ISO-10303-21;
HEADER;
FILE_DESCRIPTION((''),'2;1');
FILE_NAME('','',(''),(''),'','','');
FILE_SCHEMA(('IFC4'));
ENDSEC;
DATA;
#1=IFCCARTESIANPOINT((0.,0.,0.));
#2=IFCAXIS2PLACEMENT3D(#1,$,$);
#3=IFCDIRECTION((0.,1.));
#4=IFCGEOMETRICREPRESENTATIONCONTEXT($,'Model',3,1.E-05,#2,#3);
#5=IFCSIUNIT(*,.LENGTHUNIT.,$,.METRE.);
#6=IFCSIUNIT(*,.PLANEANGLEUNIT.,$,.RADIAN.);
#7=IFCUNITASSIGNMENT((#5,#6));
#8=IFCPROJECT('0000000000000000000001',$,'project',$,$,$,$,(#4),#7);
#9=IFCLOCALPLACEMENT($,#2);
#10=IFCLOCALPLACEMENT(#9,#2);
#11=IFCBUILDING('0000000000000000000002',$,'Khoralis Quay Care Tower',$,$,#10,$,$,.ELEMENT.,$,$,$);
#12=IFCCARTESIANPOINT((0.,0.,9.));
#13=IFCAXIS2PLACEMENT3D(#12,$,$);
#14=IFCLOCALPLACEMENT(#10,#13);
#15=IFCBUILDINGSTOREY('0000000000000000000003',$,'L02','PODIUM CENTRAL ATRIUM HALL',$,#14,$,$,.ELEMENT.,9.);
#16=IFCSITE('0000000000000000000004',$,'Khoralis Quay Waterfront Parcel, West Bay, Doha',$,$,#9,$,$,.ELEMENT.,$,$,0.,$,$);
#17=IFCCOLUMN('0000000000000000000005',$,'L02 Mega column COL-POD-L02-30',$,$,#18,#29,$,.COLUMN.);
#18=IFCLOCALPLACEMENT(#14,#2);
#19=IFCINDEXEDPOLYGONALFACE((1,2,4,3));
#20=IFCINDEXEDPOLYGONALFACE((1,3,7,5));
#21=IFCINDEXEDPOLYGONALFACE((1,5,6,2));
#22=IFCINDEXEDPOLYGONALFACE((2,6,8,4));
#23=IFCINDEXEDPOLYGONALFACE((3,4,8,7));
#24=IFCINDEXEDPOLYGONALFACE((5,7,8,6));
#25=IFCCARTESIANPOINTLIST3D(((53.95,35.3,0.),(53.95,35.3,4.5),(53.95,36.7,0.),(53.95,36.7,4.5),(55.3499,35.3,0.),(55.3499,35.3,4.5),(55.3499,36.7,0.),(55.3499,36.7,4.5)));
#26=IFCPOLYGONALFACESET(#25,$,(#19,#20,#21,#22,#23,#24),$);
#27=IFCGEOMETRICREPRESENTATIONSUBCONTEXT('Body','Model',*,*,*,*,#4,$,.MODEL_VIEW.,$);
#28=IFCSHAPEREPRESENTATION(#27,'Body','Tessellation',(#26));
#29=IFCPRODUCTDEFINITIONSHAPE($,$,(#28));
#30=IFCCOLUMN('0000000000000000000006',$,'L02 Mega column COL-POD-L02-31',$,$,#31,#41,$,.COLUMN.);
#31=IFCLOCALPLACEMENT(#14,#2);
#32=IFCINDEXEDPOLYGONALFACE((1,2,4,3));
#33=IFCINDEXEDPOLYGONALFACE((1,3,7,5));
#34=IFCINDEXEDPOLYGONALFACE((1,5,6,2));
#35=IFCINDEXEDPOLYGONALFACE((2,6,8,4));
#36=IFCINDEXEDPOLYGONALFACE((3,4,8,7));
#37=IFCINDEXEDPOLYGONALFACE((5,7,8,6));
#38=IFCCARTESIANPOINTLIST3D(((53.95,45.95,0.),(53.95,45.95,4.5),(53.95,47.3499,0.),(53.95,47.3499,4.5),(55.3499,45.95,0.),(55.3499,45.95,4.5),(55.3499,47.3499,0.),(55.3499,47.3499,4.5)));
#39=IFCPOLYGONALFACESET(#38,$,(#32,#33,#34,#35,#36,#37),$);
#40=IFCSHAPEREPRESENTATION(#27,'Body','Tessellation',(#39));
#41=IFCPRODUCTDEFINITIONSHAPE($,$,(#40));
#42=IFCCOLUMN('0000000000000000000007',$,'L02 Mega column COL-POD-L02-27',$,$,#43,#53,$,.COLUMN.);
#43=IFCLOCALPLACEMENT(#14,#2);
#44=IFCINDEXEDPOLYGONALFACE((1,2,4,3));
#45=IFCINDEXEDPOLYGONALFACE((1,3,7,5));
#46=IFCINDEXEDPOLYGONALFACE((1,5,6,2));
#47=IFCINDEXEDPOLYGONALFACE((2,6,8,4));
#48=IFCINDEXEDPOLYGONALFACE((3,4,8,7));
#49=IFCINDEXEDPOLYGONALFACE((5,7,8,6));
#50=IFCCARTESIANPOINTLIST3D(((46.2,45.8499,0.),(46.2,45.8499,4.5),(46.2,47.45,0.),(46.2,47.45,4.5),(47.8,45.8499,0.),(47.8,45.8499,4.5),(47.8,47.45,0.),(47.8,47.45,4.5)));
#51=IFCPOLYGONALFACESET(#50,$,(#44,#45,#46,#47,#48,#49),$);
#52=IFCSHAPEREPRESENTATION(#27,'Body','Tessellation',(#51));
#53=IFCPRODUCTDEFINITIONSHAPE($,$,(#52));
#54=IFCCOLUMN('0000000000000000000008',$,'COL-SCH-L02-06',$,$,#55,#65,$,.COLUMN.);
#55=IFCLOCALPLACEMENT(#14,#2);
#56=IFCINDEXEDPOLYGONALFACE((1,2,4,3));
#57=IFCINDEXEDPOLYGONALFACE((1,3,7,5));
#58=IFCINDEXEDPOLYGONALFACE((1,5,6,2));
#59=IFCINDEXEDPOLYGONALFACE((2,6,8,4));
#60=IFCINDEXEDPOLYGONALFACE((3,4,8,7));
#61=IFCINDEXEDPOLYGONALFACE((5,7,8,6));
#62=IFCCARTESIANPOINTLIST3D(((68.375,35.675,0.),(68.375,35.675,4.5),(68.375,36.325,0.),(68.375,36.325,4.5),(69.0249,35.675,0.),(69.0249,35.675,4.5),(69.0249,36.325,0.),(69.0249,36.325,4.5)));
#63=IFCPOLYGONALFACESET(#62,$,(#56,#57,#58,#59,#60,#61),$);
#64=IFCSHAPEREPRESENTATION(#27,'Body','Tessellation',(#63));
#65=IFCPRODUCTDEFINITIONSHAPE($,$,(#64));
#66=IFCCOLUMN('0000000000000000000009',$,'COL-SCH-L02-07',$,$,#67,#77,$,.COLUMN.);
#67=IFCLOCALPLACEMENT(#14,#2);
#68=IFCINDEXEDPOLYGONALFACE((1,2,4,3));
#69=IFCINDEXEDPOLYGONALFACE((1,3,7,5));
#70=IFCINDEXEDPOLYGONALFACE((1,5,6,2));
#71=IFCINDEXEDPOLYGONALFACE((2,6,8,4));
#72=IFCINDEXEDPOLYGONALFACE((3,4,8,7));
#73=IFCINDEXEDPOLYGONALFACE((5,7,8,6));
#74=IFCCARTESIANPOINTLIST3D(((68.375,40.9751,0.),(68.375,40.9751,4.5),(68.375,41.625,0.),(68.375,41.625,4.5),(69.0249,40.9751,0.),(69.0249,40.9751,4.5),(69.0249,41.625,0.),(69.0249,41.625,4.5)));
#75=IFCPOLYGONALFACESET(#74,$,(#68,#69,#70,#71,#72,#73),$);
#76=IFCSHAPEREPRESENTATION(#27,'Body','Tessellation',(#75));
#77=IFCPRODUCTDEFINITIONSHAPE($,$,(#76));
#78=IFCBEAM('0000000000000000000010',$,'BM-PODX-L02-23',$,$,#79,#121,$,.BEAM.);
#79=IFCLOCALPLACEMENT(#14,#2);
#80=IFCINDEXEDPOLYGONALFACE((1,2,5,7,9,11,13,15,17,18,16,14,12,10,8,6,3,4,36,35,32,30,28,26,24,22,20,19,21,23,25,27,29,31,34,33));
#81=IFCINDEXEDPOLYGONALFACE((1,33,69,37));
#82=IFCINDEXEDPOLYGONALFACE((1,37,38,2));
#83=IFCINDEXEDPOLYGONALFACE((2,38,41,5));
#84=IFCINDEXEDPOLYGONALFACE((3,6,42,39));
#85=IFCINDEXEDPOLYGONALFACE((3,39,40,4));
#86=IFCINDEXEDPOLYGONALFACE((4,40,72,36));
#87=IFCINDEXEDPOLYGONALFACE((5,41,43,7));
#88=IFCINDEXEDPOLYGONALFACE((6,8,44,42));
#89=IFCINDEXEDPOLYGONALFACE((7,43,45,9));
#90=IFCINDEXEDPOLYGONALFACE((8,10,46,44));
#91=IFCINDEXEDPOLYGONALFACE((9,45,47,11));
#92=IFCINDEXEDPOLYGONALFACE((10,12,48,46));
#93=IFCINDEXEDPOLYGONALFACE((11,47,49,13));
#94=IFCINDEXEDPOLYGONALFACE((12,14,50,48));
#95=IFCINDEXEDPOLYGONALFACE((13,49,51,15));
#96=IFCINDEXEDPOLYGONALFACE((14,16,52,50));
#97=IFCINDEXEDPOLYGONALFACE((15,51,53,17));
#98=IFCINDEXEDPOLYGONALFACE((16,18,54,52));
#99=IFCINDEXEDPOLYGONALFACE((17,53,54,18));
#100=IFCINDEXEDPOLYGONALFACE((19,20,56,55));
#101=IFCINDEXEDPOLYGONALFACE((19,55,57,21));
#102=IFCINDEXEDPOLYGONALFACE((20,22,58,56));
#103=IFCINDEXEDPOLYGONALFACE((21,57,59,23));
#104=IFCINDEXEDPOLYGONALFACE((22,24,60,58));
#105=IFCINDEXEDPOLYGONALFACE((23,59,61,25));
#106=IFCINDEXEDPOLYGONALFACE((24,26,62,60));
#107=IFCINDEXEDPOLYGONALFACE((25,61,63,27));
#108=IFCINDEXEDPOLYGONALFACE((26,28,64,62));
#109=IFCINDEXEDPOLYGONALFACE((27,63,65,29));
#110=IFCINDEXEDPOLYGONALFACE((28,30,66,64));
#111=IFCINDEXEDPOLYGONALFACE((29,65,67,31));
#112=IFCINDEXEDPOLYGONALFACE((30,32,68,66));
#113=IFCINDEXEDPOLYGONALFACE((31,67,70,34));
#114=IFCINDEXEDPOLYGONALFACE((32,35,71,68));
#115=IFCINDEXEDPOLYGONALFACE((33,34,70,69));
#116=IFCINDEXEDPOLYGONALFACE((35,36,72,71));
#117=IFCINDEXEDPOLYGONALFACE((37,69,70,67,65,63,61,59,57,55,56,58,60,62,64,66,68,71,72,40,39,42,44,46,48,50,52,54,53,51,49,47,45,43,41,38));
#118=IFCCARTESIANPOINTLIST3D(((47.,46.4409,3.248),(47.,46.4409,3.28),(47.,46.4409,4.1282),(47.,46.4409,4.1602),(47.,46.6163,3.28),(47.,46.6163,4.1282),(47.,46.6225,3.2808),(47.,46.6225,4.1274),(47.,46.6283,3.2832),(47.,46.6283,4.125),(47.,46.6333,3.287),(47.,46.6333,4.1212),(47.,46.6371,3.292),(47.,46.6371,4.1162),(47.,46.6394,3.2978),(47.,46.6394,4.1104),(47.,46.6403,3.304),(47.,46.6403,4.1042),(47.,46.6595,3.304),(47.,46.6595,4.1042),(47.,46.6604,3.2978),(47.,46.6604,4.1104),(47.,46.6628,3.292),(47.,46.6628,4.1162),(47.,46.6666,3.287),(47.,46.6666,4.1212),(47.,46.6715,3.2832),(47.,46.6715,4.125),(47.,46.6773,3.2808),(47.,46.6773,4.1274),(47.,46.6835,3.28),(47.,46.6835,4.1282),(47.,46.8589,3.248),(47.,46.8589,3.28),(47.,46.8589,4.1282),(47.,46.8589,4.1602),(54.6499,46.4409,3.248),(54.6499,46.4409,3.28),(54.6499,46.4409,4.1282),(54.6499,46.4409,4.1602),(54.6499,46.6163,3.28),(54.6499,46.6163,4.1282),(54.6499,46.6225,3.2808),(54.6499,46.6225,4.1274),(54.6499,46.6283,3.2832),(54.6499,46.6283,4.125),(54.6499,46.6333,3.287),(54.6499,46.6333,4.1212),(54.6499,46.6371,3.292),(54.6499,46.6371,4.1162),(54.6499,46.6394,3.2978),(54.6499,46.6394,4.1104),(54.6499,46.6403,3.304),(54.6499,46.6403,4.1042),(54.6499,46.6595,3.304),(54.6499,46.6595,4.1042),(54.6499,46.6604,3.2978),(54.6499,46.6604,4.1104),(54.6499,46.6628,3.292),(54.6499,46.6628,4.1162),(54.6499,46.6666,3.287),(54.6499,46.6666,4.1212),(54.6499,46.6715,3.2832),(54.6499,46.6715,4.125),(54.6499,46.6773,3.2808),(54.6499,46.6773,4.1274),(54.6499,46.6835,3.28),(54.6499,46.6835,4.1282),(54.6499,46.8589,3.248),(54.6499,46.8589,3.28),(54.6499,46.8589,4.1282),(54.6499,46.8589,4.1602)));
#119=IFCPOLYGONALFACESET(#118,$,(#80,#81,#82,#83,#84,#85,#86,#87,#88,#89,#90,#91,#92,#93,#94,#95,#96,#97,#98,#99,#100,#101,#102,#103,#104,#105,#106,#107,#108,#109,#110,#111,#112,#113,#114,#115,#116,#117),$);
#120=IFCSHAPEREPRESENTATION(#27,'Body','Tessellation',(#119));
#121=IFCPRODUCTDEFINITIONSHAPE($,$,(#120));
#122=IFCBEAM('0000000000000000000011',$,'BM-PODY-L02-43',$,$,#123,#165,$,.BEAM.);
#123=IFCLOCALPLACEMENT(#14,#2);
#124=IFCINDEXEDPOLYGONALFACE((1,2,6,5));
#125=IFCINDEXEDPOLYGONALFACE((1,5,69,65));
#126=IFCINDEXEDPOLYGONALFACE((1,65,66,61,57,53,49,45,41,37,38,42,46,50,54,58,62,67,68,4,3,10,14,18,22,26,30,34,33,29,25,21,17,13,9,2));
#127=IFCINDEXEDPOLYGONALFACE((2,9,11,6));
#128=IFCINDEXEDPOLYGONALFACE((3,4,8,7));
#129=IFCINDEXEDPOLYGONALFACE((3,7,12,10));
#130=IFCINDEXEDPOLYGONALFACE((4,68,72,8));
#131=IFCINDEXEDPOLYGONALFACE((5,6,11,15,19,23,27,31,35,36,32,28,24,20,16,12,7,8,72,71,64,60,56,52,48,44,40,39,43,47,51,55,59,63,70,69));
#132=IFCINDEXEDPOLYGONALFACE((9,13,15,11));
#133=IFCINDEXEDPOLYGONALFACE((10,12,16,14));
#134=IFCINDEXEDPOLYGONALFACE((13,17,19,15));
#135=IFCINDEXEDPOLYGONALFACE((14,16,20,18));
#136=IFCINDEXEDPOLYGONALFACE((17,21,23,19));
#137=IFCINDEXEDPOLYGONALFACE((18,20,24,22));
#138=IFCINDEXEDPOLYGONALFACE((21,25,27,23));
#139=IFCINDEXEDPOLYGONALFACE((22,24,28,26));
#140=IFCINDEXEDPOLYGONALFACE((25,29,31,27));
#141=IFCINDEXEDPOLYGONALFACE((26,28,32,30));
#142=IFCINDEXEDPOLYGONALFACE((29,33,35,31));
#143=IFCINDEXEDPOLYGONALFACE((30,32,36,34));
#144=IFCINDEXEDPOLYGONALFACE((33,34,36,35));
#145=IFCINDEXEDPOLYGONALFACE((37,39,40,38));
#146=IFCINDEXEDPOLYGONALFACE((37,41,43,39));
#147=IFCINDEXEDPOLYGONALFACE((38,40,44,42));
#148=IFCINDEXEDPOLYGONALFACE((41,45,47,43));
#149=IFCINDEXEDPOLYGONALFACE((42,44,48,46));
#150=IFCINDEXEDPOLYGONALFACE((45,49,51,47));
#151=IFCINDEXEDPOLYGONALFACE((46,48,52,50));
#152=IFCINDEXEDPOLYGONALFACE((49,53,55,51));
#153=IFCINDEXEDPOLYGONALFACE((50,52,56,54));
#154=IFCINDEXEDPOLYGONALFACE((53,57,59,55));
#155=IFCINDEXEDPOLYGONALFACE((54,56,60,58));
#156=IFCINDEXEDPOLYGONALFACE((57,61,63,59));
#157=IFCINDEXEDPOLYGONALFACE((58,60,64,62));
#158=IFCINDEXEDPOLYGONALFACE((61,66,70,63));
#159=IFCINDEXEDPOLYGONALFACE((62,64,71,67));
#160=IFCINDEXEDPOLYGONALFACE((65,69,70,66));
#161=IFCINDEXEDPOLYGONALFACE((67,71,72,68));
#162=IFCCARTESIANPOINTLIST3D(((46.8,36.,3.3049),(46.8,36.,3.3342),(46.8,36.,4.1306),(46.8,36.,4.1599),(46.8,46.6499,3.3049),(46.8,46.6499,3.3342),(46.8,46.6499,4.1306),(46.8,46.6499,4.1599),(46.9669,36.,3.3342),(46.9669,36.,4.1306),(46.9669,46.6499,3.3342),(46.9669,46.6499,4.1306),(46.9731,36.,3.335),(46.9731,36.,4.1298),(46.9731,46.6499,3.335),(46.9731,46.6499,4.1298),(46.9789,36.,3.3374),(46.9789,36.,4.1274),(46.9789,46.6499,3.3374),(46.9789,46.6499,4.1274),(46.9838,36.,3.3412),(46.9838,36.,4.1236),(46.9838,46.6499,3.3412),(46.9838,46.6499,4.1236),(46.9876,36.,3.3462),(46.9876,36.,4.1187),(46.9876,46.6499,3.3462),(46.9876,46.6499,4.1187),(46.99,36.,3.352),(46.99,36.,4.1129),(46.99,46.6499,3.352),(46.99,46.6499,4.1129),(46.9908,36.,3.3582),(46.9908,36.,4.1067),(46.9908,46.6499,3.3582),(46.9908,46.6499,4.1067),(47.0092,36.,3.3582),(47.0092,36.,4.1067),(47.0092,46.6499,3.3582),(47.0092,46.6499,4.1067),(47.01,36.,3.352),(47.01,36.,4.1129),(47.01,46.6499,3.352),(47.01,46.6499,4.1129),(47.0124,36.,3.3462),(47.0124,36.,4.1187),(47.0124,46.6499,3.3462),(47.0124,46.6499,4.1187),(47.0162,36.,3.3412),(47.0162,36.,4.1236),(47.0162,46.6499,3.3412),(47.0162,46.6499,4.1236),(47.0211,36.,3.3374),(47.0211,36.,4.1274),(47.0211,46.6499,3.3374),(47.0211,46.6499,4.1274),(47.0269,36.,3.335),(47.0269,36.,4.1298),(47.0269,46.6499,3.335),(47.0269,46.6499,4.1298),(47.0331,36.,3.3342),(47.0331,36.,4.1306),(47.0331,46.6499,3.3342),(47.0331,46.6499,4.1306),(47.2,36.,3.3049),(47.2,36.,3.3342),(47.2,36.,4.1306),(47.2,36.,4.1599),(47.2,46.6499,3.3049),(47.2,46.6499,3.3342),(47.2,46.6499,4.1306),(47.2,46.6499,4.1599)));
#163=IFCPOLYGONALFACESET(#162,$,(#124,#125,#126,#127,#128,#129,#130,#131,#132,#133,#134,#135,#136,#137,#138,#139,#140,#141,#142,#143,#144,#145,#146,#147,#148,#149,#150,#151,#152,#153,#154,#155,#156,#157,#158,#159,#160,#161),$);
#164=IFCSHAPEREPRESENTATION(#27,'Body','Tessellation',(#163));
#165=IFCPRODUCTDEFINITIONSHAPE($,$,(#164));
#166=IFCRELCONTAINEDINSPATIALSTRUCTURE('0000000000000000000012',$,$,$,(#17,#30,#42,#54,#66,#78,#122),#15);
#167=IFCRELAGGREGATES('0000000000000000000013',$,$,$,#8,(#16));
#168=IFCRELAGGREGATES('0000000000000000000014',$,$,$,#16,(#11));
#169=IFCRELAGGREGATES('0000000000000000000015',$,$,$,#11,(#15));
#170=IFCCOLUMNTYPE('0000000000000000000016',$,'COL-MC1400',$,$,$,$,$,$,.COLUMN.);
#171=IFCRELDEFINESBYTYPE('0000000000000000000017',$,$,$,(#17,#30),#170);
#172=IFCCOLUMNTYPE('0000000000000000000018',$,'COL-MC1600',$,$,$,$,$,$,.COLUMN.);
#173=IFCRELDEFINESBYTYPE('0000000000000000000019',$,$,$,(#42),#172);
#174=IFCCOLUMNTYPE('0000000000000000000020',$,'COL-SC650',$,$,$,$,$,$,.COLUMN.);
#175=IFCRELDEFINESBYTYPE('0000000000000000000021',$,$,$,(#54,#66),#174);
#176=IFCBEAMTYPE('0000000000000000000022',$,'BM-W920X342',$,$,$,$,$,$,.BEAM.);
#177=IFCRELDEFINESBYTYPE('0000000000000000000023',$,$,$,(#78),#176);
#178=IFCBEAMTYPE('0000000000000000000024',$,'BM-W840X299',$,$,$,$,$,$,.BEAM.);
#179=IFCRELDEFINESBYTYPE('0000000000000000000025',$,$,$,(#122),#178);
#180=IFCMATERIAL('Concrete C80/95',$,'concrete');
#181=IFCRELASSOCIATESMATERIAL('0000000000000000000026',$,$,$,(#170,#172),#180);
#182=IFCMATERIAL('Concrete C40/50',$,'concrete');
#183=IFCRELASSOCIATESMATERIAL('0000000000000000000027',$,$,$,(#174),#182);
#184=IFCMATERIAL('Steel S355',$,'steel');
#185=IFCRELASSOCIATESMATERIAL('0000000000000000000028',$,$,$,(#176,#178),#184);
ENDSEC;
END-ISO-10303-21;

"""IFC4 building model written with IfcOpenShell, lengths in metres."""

from ifc_helpers import new_model, si_unit, direction, frame, origin, origin_2d, place, context, subcontext, project, spatial, rectangle, i_section, extrude, source, transform, mapped, material, material_profile, profile_set, type_object, element, save


model = new_model("IFC4")

# Units and contexts
model_context = context("Model", 3, precision=1e-05, world=origin(), true_north=direction((0.0, 1.0)))
body_context = subcontext(model_context, "Body", "Model", "MODEL_VIEW")
ifc_project = project(units=[si_unit("LENGTHUNIT", "METRE"), si_unit("PLANEANGLEUNIT", "RADIAN")], contexts=[model_context])

# Site, building, storey
site_placement = place(None, origin())
site = spatial("IfcSite", under=ifc_project, at=site_placement, Name="Khoralis Quay Waterfront Parcel, West Bay, Doha", CompositionType="ELEMENT", RefElevation=0.0)
building_placement = place(site_placement, origin())
building = spatial("IfcBuilding", under=site, at=building_placement, Name="Khoralis Quay Care Tower", CompositionType="ELEMENT")
storey_placement = place(building_placement, frame((0.0, 0.0, 9.0)))
storey = spatial("IfcBuildingStorey", under=building, at=storey_placement, Name="L02", Description="PODIUM CENTRAL ATRIUM HALL", CompositionType="ELEMENT", Elevation=9.0)

# Columns
ifc_material_1 = material(Name="Concrete C80/95", Category="concrete")
ifc_material_profile_1 = material_profile(ifc_material_1, rectangle(XDim=1.3999, YDim=1.3999, at=origin_2d()), Name="Concrete C80/95")
ifc_profile_set_1 = profile_set([ifc_material_profile_1], Name="Concrete C80/95")
column_type_1 = type_object("IfcColumnType", Name="COL-MC1400", PredefinedType="COLUMN", material=ifc_profile_set_1)
shared_shape_1 = source(origin(), body_context, "Body", "SweptSolid", [
    extrude(rectangle(XDim=1.3999, YDim=1.3999, at=origin_2d()), origin(), (0.0, 0.0, 1.0), 4.5),
])
for number, where, z_axis, x_axis, name in (
    (1, (54.6499, 36.0, 0.0), (0.0, 0.0, 1.0), (1.0, 0.0, 0.0), "L02 Mega column COL-POD-L02-30"),
    (2, (54.6499, 46.6499, 0.0), (0.0, 0.0, 1.0), (1.0, 0.0, 0.0), "L02 Mega column COL-POD-L02-31"),
):
    element("IfcColumn", number, at=place(storey_placement, frame(where, z_axis=z_axis, x_axis=x_axis)), inside=storey, type_object=column_type_1, Name=name, PredefinedType="COLUMN", context=body_context, shape_type="MappedRepresentation", body=[
        mapped(shared_shape_1, transform((0.0, 0.0, 0.0), scale=1.0)),
    ])
ifc_material_profile_2 = material_profile(ifc_material_1, rectangle(XDim=1.6001, YDim=1.6001, at=origin_2d()), Name="Concrete C80/95")
ifc_profile_set_2 = profile_set([ifc_material_profile_2], Name="Concrete C80/95")
column_type_2 = type_object("IfcColumnType", Name="COL-MC1600", PredefinedType="COLUMN", material=ifc_profile_set_2)
shared_shape_2 = source(origin(), body_context, "Body", "SweptSolid", [
    extrude(rectangle(XDim=1.6001, YDim=1.6001, at=origin_2d()), origin(), (0.0, 0.0, 1.0), 4.5),
])
column_placement = place(storey_placement, frame((47.0, 46.6499, 0.0), z_axis=(0.0, 0.0, 1.0), x_axis=(1.0, 0.0, 0.0)))
element("IfcColumn", 3, at=column_placement, inside=storey, type_object=column_type_2, Name="L02 Mega column COL-POD-L02-27", PredefinedType="COLUMN", context=body_context, shape_type="MappedRepresentation", body=[
    mapped(shared_shape_2, transform((0.0, 0.0, 0.0), scale=1.0)),
])
ifc_material_2 = material(Name="Concrete C40/50", Category="concrete")
ifc_material_profile_3 = material_profile(ifc_material_2, rectangle(XDim=0.6499, YDim=0.6499, at=origin_2d()), Name="Concrete C40/50")
ifc_profile_set_3 = profile_set([ifc_material_profile_3], Name="Concrete C40/50")
column_type_3 = type_object("IfcColumnType", Name="COL-SC650", PredefinedType="COLUMN", material=ifc_profile_set_3)
shared_shape_3 = source(origin(), body_context, "Body", "SweptSolid", [
    extrude(rectangle(XDim=0.6499, YDim=0.6499, at=origin_2d()), origin(), (0.0, 0.0, 1.0), 4.5),
])
for number, where, z_axis, x_axis, name in (
    (4, (68.7, 36.0, 0.0), (0.0, 0.0, 1.0), (1.0, 0.0, 0.0), "COL-SCH-L02-06"),
    (5, (68.7, 41.3, 0.0), (0.0, 0.0, 1.0), (1.0, 0.0, 0.0), "COL-SCH-L02-07"),
):
    element("IfcColumn", number, at=place(storey_placement, frame(where, z_axis=z_axis, x_axis=x_axis)), inside=storey, type_object=column_type_3, Name=name, PredefinedType="COLUMN", context=body_context, shape_type="MappedRepresentation", body=[
        mapped(shared_shape_3, transform((0.0, 0.0, 0.0), scale=1.0)),
    ])

# Beams
ifc_material_3 = material(Name="Steel S355", Category="steel")
ifc_material_profile_4 = material_profile(ifc_material_3, i_section(OverallWidth=0.418, OverallDepth=0.9121, WebThickness=0.0193, FlangeThickness=0.032, FilletRadius=0.0239, at=origin_2d()), Name="Steel S355")
ifc_profile_set_4 = profile_set([ifc_material_profile_4], Name="Steel S355")
beam_type_1 = type_object("IfcBeamType", Name="BM-W920X342", PredefinedType="BEAM", material=ifc_profile_set_4)
shared_shape_4 = source(origin(), body_context, "Body", "SweptSolid", [
    extrude(i_section(OverallWidth=0.418, OverallDepth=0.9121, WebThickness=0.0193, FlangeThickness=0.032, FilletRadius=0.0239, at=origin_2d()), origin(), (0.0, 0.0, 1.0), 7.6499),
])
beam_1_placement = place(storey_placement, frame((47.0, 46.6499, 3.7041), z_axis=(1.0, 0.0, 0.0), x_axis=(0.0, 1.0, 0.0)))
element("IfcBeam", 6, at=beam_1_placement, inside=storey, type_object=beam_type_1, Name="BM-PODX-L02-23", PredefinedType="BEAM", context=body_context, shape_type="MappedRepresentation", body=[
    mapped(shared_shape_4, transform((0.0, 0.0, 0.0), scale=1.0)),
])
ifc_material_profile_5 = material_profile(ifc_material_3, i_section(OverallWidth=0.3999, OverallDepth=0.855, WebThickness=0.0183, FlangeThickness=0.0293, FilletRadius=0.0239, at=origin_2d()), Name="Steel S355")
ifc_profile_set_5 = profile_set([ifc_material_profile_5], Name="Steel S355")
beam_type_2 = type_object("IfcBeamType", Name="BM-W840X299", PredefinedType="BEAM", material=ifc_profile_set_5)
shared_shape_5 = source(origin(), body_context, "Body", "SweptSolid", [
    extrude(i_section(OverallWidth=0.3999, OverallDepth=0.855, WebThickness=0.0183, FlangeThickness=0.0293, FilletRadius=0.0239, at=origin_2d()), origin(), (0.0, 0.0, 1.0), 10.6499),
])
for number, where, z_axis, x_axis, name in (
    (7, (47.0, 36.0, 3.7324), (0.0, 1.0, 0.0), (-1.0, 0.0, 0.0), "BM-PODY-L02-43"),
):
    element("IfcBeam", number, at=place(storey_placement, frame(where, z_axis=z_axis, x_axis=x_axis)), inside=storey, type_object=beam_type_2, Name=name, PredefinedType="BEAM", context=body_context, shape_type="MappedRepresentation", body=[
        mapped(shared_shape_5, transform((0.0, 0.0, 0.0), scale=1.0)),
    ])

save(model, "model.ifc")
